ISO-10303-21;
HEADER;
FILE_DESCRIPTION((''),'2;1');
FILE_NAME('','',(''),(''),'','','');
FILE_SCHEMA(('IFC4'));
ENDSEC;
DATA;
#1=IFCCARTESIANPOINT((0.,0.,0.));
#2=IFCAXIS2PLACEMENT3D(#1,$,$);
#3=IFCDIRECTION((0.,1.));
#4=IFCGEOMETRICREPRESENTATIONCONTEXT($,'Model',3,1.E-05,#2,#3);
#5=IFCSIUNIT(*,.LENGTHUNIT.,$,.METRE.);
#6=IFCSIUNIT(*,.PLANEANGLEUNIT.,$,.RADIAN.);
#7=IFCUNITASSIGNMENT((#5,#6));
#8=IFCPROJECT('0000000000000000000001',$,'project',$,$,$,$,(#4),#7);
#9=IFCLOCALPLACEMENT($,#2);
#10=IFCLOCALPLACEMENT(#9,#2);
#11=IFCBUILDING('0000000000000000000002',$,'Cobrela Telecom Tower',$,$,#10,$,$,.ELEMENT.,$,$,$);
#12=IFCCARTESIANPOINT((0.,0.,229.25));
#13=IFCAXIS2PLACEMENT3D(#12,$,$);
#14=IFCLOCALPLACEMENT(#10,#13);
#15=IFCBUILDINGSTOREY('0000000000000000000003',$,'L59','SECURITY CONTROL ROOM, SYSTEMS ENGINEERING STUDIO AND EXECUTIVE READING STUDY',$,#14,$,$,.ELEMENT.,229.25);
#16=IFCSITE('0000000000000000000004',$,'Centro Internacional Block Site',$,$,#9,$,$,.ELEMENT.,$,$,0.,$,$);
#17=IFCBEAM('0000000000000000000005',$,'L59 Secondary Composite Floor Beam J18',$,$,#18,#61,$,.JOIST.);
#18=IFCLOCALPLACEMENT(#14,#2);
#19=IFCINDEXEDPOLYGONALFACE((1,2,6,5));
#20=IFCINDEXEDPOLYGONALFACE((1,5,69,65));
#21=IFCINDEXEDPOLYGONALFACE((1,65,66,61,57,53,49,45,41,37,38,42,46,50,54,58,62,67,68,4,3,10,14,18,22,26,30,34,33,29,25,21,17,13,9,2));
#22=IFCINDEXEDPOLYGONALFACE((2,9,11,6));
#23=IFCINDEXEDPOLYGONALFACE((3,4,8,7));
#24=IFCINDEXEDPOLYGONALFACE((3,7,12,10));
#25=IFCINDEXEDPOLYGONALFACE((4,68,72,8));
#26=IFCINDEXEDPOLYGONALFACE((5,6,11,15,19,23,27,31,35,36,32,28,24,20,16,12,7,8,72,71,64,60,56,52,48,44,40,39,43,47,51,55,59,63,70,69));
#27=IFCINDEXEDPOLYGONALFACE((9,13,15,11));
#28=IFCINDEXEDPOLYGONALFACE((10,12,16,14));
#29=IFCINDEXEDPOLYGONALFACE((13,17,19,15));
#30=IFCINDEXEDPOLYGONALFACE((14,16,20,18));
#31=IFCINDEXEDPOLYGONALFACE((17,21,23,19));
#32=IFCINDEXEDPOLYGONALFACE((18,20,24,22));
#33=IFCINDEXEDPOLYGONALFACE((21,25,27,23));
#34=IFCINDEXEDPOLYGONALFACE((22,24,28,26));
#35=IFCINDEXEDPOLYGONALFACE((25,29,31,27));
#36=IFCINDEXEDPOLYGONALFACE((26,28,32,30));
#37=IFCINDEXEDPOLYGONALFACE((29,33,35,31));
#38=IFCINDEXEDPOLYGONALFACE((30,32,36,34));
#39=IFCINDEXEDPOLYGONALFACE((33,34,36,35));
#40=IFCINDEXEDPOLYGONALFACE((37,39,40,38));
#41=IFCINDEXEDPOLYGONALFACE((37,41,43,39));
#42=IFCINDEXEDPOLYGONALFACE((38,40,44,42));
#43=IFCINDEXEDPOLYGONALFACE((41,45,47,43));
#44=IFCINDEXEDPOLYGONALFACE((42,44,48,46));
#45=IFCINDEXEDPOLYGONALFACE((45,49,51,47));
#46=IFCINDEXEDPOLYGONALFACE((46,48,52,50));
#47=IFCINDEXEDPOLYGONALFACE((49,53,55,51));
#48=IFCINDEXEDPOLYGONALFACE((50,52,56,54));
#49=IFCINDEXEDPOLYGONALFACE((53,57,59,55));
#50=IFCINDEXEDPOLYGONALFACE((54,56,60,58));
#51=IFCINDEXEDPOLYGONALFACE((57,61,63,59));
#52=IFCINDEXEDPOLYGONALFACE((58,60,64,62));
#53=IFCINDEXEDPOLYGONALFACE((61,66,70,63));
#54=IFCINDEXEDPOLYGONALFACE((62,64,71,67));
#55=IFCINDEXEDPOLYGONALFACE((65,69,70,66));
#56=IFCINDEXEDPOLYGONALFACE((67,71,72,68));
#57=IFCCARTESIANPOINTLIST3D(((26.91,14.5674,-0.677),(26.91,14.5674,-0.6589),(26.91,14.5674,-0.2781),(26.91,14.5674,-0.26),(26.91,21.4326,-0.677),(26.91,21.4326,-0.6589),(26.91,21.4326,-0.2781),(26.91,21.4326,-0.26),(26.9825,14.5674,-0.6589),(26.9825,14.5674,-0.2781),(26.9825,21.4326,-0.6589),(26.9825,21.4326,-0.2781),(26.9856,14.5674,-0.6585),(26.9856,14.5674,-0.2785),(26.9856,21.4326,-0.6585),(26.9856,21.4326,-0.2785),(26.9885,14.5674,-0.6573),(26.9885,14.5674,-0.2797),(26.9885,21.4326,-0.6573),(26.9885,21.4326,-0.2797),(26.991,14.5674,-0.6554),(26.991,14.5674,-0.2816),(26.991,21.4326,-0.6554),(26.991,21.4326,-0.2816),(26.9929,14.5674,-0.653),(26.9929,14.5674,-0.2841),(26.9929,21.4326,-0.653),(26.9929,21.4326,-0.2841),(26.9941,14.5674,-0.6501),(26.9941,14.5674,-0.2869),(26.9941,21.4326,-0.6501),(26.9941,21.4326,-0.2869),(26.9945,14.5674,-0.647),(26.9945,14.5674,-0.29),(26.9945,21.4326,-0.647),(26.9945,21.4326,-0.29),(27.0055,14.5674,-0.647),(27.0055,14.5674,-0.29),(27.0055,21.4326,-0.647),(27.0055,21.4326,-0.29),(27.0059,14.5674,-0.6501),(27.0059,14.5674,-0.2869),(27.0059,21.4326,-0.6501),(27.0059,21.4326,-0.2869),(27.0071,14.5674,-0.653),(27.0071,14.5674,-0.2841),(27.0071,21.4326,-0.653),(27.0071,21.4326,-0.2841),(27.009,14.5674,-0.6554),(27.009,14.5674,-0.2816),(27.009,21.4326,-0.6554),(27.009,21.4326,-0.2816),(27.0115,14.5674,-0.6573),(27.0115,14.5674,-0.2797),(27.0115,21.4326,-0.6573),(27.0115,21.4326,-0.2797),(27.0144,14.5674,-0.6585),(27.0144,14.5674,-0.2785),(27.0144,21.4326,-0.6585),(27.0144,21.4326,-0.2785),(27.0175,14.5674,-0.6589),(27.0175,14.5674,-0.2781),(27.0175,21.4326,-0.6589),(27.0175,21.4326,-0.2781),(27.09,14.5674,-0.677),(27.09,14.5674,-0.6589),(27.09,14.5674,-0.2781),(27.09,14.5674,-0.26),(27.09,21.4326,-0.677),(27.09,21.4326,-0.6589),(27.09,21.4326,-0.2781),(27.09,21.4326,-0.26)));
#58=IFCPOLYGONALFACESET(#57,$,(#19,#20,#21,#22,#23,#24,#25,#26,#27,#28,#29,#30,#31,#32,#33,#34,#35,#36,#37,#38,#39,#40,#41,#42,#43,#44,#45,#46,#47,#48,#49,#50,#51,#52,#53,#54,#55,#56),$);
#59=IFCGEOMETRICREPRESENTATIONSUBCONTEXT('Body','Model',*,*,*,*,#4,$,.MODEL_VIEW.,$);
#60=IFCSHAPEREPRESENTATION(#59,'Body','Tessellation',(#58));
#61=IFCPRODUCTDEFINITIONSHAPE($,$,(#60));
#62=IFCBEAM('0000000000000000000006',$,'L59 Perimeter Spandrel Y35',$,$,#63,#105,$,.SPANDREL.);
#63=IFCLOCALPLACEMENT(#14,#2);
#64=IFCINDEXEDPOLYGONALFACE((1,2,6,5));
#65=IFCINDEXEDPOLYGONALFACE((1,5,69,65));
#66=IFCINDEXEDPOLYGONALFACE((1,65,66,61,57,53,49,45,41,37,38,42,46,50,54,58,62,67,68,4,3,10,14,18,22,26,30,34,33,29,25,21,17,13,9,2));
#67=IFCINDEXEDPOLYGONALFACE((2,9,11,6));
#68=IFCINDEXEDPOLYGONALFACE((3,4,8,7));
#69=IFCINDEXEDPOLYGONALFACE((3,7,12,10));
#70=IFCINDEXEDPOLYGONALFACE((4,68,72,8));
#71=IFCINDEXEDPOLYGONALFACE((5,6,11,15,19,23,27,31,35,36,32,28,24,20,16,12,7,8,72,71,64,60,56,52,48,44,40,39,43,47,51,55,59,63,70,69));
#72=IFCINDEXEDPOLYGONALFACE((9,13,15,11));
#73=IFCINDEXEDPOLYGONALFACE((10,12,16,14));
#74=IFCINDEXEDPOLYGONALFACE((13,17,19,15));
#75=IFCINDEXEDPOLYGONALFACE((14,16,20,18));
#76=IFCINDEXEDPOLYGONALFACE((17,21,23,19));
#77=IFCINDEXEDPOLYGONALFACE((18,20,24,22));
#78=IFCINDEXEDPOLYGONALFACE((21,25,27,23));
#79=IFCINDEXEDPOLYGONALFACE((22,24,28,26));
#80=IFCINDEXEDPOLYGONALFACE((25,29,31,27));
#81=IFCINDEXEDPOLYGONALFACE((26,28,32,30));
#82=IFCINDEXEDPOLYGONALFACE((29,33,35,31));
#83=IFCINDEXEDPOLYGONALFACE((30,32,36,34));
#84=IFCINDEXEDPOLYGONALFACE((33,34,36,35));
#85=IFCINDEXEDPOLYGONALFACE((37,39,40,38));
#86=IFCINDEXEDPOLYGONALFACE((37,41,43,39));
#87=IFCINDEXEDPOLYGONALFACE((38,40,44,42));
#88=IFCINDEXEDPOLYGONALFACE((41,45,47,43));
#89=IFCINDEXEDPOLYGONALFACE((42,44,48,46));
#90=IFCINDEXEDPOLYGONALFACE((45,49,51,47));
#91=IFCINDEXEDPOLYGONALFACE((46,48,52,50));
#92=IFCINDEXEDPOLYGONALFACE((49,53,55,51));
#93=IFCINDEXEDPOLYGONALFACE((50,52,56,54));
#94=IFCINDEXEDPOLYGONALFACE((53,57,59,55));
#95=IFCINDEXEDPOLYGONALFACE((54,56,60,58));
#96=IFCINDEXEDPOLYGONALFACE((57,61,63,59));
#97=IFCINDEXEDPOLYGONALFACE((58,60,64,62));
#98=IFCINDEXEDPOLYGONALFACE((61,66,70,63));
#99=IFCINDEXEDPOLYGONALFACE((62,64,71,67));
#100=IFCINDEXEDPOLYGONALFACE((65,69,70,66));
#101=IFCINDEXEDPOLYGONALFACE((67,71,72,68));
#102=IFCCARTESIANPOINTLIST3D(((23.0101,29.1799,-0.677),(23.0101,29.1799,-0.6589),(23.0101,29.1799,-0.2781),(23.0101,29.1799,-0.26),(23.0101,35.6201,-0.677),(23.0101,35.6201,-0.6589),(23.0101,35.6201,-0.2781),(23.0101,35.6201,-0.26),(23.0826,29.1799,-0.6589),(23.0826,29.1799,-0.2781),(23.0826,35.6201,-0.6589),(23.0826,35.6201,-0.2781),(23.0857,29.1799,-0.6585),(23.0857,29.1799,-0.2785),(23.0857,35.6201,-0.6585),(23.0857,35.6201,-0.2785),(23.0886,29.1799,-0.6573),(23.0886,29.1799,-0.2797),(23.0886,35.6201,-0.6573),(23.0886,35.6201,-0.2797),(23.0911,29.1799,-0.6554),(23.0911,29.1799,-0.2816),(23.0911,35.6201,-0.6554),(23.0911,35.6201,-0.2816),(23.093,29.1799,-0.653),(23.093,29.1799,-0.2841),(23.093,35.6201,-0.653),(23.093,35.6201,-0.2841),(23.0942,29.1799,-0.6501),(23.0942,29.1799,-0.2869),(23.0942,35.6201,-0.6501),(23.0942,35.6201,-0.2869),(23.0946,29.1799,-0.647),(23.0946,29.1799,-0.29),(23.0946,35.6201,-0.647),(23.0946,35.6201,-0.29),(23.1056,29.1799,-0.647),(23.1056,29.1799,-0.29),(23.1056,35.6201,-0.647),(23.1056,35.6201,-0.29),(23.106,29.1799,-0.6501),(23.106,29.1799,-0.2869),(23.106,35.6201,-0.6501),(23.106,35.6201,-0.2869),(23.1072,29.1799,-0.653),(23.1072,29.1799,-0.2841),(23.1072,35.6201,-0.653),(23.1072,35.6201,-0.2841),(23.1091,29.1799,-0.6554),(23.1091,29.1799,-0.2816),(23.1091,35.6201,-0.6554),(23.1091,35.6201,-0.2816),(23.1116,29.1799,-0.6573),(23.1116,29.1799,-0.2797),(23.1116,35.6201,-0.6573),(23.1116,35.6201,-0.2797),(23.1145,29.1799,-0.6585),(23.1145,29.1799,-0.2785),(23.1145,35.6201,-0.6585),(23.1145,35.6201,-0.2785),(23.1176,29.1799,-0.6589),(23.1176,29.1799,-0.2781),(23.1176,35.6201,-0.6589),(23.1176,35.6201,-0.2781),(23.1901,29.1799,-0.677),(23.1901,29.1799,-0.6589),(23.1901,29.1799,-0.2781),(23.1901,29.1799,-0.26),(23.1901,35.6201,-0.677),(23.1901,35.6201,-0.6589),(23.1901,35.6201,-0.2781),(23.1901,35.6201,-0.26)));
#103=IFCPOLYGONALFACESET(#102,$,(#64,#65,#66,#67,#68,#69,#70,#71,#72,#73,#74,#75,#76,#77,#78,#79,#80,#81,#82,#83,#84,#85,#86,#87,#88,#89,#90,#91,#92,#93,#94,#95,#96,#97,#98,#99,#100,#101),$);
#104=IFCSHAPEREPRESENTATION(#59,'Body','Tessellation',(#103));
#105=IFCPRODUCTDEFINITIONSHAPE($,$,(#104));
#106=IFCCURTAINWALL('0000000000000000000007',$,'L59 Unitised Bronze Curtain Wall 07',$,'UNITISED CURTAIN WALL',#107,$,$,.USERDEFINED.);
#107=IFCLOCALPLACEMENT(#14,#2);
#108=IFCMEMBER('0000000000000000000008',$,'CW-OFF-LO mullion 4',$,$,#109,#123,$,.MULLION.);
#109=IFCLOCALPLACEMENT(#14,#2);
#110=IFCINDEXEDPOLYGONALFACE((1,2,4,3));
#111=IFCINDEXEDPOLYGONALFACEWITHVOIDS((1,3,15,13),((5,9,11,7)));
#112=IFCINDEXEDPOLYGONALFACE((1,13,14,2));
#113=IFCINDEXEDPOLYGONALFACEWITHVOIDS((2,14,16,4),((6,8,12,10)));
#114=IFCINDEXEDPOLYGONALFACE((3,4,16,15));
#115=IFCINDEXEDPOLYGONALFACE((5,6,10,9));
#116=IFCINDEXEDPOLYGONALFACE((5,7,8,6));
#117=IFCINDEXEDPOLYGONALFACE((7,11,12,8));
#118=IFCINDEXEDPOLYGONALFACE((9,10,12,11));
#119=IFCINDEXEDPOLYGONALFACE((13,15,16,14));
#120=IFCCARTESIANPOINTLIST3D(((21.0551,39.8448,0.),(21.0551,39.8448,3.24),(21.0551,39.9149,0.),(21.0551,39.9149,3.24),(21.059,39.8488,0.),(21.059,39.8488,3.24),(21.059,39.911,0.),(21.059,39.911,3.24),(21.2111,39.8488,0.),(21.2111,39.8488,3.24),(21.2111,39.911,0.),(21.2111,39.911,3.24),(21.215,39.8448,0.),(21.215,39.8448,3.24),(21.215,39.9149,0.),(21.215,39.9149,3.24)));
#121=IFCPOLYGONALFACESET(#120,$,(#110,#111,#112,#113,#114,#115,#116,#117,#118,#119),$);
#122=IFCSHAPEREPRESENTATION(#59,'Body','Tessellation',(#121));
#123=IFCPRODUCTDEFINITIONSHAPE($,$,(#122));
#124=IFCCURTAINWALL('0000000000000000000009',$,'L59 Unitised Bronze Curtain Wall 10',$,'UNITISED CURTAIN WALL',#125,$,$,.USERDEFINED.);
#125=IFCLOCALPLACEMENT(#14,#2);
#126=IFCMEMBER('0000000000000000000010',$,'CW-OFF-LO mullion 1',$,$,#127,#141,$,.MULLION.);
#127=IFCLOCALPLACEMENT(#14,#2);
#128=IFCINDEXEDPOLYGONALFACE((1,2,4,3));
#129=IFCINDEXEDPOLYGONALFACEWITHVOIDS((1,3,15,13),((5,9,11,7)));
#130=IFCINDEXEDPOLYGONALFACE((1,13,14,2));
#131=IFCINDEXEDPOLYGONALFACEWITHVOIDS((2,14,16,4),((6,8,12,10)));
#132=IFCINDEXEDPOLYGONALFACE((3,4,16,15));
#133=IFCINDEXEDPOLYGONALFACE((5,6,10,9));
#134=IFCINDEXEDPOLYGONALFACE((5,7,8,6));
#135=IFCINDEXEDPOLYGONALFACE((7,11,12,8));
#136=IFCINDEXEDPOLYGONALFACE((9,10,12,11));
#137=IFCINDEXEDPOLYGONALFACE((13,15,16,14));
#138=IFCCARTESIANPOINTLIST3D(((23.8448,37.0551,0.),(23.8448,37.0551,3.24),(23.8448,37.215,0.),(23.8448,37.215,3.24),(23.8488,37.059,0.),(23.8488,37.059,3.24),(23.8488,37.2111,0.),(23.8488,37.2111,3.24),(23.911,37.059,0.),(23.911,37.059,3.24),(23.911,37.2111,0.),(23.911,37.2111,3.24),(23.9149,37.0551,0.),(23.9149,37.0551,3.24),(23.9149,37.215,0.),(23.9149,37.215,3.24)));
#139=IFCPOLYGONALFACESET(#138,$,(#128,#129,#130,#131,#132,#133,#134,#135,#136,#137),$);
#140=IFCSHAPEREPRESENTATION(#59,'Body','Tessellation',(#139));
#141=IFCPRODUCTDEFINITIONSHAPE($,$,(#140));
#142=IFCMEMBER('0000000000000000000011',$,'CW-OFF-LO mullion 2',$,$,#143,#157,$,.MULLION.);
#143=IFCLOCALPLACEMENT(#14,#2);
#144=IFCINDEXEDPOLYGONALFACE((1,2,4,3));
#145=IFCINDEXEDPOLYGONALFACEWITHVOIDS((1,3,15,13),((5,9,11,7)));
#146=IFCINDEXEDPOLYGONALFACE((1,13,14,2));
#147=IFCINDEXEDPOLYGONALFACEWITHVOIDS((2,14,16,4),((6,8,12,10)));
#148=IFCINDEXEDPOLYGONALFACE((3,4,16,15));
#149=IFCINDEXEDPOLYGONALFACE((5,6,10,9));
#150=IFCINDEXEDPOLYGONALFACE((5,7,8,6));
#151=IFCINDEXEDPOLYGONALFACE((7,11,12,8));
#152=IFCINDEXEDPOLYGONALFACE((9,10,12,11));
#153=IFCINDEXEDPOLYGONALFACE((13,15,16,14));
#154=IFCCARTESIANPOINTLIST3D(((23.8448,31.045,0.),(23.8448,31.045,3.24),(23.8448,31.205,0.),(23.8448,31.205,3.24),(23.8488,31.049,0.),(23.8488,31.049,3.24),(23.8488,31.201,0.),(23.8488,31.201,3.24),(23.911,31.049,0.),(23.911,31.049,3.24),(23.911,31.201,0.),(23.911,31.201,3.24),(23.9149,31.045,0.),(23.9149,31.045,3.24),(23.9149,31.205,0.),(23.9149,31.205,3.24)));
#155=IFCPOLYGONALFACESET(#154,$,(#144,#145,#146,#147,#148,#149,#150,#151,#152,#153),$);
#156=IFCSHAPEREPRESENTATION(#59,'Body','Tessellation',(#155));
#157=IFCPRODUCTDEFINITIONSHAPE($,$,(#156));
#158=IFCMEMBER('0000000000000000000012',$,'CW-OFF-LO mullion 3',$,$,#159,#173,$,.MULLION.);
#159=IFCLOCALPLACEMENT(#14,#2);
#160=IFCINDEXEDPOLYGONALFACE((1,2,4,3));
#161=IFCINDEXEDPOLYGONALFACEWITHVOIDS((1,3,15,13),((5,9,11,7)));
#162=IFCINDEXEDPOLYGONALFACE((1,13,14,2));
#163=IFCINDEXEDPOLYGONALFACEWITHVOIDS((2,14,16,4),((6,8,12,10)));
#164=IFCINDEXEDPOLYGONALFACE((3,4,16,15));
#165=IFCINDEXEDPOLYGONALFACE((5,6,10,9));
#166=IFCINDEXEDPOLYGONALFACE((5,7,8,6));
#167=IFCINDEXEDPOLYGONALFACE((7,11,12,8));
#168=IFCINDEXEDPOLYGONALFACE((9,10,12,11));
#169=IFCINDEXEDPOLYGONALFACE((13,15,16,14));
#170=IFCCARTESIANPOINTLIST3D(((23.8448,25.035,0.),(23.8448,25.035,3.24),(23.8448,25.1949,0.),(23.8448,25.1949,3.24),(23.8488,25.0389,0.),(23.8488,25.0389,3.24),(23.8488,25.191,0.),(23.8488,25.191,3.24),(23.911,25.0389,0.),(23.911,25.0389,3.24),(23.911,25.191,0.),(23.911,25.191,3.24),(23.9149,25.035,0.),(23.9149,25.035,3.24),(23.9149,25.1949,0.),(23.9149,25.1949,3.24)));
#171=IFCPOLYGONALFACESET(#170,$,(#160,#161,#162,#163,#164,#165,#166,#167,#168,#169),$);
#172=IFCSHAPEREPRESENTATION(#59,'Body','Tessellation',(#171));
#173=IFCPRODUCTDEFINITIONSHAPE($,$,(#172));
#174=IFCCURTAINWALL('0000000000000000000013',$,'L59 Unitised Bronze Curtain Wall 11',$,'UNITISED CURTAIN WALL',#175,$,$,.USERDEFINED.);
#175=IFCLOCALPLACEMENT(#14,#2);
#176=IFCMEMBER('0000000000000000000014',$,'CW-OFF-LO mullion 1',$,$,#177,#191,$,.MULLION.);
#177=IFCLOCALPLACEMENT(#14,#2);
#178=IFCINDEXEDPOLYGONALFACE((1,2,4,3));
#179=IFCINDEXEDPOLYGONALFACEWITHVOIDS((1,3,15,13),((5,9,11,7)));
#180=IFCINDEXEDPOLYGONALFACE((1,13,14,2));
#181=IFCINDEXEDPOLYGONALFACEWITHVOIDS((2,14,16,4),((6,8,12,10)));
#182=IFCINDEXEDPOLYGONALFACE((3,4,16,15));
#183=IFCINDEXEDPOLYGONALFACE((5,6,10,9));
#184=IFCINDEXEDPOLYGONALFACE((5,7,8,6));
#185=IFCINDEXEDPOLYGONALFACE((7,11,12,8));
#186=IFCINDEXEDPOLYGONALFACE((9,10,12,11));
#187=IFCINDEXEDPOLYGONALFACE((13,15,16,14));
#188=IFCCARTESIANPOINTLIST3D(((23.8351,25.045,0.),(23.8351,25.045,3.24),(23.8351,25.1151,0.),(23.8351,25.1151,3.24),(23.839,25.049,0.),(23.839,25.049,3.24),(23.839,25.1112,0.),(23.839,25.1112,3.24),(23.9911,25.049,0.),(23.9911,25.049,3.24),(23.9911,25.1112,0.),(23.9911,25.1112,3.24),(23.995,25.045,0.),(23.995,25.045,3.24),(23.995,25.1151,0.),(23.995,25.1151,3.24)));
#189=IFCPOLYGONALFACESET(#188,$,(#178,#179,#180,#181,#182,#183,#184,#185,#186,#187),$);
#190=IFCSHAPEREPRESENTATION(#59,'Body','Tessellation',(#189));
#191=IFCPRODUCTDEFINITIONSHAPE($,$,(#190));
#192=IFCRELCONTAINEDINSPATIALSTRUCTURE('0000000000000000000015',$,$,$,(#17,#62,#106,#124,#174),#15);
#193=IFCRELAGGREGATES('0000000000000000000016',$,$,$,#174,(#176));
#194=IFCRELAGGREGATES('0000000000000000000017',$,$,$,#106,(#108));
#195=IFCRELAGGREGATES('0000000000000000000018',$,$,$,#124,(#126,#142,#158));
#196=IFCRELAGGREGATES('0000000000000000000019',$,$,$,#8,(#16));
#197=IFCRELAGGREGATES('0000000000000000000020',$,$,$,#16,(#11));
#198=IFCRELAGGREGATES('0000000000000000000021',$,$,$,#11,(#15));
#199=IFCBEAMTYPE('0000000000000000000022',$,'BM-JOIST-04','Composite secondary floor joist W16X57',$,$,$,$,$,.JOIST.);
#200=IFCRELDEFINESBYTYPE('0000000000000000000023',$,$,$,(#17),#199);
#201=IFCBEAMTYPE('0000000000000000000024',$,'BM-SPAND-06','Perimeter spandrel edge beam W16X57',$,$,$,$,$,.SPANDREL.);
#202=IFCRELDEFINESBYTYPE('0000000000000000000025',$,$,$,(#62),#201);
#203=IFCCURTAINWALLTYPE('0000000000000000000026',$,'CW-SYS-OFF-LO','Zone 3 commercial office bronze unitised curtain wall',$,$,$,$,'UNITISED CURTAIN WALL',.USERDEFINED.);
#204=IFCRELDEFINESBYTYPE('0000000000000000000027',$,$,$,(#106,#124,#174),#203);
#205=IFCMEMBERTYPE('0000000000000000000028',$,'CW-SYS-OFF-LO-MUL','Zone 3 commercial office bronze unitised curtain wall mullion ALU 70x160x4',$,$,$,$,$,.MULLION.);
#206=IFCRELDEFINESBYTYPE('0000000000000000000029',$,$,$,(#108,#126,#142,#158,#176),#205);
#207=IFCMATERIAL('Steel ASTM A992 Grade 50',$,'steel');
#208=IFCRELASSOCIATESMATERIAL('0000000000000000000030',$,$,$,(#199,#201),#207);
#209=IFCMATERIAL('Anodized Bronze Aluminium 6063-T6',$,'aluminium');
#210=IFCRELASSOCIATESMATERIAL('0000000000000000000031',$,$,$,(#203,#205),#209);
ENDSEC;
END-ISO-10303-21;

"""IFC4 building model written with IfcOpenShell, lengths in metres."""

from ifc_helpers import new_model, si_unit, direction, frame, origin, origin_2d, place, context, subcontext, project, spatial, hollow_rectangle, i_section, extrude, material, material_profile, profile_set, type_object, element, aggregate, save


model = new_model("IFC4")

# Units and contexts
model_context = context("Model", 3, precision=1e-05, world=origin(), true_north=direction((0.0, 1.0)))
body_context = subcontext(model_context, "Body", "Model", "MODEL_VIEW")
ifc_project = project(units=[si_unit("LENGTHUNIT", "METRE"), si_unit("PLANEANGLEUNIT", "RADIAN")], contexts=[model_context])

# Site, building, storey
site_placement = place(None, origin())
site = spatial("IfcSite", under=ifc_project, at=site_placement, Name="Centro Internacional Block Site", CompositionType="ELEMENT", RefElevation=0.0)
building_placement = place(site_placement, origin())
building = spatial("IfcBuilding", under=site, at=building_placement, Name="Cobrela Telecom Tower", CompositionType="ELEMENT")
storey_placement = place(building_placement, frame((0.0, 0.0, 229.25)))
storey = spatial("IfcBuildingStorey", under=building, at=storey_placement, Name="L59", Description="SECURITY CONTROL ROOM, SYSTEMS ENGINEERING STUDIO AND EXECUTIVE READING STUDY", CompositionType="ELEMENT", Elevation=229.25)

# Shared definitions
ifc_material_1 = material(Name="Steel ASTM A992 Grade 50", Category="steel")

# Beams
ifc_material_profile_1 = material_profile(ifc_material_1, i_section(OverallWidth=0.1799, OverallDepth=0.417, WebThickness=0.011, FlangeThickness=0.0181, FilletRadius=0.012, at=origin_2d()), Name="W16X57")
ifc_profile_set_1 = profile_set([ifc_material_profile_1], Name="Steel ASTM A992 Grade 50")
beam_type_1 = type_object("IfcBeamType", Name="BM-JOIST-04", Description="Composite secondary floor joist W16X57", PredefinedType="JOIST", material=ifc_profile_set_1)
for number, where, z_axis, x_axis, name in (
    (1, (27.0, 14.5674, -0.4685), (0.0, 1.0, 0.0), (-1.0, 0.0, 0.0), "L59 Secondary Composite Floor Beam J18"),
):
    element("IfcBeam", number, at=place(storey_placement, frame(where, z_axis=z_axis, x_axis=x_axis)), inside=storey, type_object=beam_type_1, Name=name, PredefinedType="JOIST", context=body_context, shape_type="SweptSolid", body=[
        extrude(i_section(OverallWidth=0.1799, OverallDepth=0.417, WebThickness=0.011, FlangeThickness=0.0181, FilletRadius=0.012, at=origin_2d()), origin(), (0.0, 0.0, 1.0), 6.8652),
    ])
ifc_material_profile_2 = material_profile(ifc_material_1, i_section(OverallWidth=0.1799, OverallDepth=0.417, WebThickness=0.011, FlangeThickness=0.0181, FilletRadius=0.012, at=origin_2d()), Name="W16X57")
ifc_profile_set_2 = profile_set([ifc_material_profile_2], Name="Steel ASTM A992 Grade 50")
beam_type_2 = type_object("IfcBeamType", Name="BM-SPAND-06", Description="Perimeter spandrel edge beam W16X57", PredefinedType="SPANDREL", material=ifc_profile_set_2)
beam_1_placement = place(storey_placement, frame((23.1001, 29.1799, -0.4685), z_axis=(0.0, 1.0, 0.0), x_axis=(-1.0, 0.0, 0.0)))
element("IfcBeam", 2, at=beam_1_placement, inside=storey, type_object=beam_type_2, Name="L59 Perimeter Spandrel Y35", PredefinedType="SPANDREL", context=body_context, shape_type="SweptSolid", body=[
    extrude(i_section(OverallWidth=0.1799, OverallDepth=0.417, WebThickness=0.011, FlangeThickness=0.0181, FilletRadius=0.012, at=origin_2d()), origin(), (0.0, 0.0, 1.0), 6.4402),
])

# Curtain wall, member
ifc_material_2 = material(Name="Anodized Bronze Aluminium 6063-T6", Category="aluminium")
curtain_wall_type = type_object("IfcCurtainWallType", Name="CW-SYS-OFF-LO", Description="Zone 3 commercial office bronze unitised curtain wall", ElementType="UNITISED CURTAIN WALL", PredefinedType="USERDEFINED", material=ifc_material_2)
curtain_wall_1_placement = place(storey_placement, origin())
curtain_wall_1 = element("IfcCurtainWall", 3, at=curtain_wall_1_placement, inside=storey, type_object=curtain_wall_type, Name="L59 Unitised Bronze Curtain Wall 07", ObjectType="UNITISED CURTAIN WALL", PredefinedType="USERDEFINED")
ifc_material_profile_3 = material_profile(ifc_material_2, hollow_rectangle(XDim=0.0701, YDim=0.1599, WallThickness=0.0039, at=origin_2d()), Name="ALU 70x160x4")
ifc_profile_set_3 = profile_set([ifc_material_profile_3], Name="Anodized Bronze Aluminium 6063-T6")
member_type_1 = type_object("IfcMemberType", Name="CW-SYS-OFF-LO-MUL", Description="Zone 3 commercial office bronze unitised curtain wall mullion ALU 70x160x4", PredefinedType="MULLION", material=ifc_profile_set_3)
member_1_placement = place(storey_placement, frame((21.135, 39.8799, 0.0), z_axis=(0.0, 0.0, 1.0), x_axis=(0.0, 1.0, 0.0)))
member_1 = element("IfcMember", 4, at=member_1_placement, type_object=member_type_1, Name="CW-OFF-LO mullion 4", PredefinedType="MULLION", context=body_context, shape_type="SweptSolid", body=[
    extrude(hollow_rectangle(XDim=0.0701, YDim=0.1599, WallThickness=0.0039, at=origin_2d()), origin(), (0.0, 0.0, 1.0), 3.24),
])

# Curtain wall, members
curtain_wall_2_placement = place(storey_placement, origin())
curtain_wall_2 = element("IfcCurtainWall", 5, at=curtain_wall_2_placement, inside=storey, type_object=curtain_wall_type, Name="L59 Unitised Bronze Curtain Wall 10", ObjectType="UNITISED CURTAIN WALL", PredefinedType="USERDEFINED")
member_2_placement = place(storey_placement, frame((23.8799, 37.135, 0.0), z_axis=(0.0, 0.0, 1.0), x_axis=(1.0, 0.0, 0.0)))
member_2 = element("IfcMember", 6, at=member_2_placement, type_object=member_type_1, Name="CW-OFF-LO mullion 1", PredefinedType="MULLION", context=body_context, shape_type="SweptSolid", body=[
    extrude(hollow_rectangle(XDim=0.0701, YDim=0.1599, WallThickness=0.0039, at=origin_2d()), origin(), (0.0, 0.0, 1.0), 3.24),
])
member_3_placement = place(storey_placement, frame((23.8799, 31.125, 0.0), z_axis=(0.0, 0.0, 1.0), x_axis=(1.0, 0.0, 0.0)))
member_3 = element("IfcMember", 7, at=member_3_placement, type_object=member_type_1, Name="CW-OFF-LO mullion 2", PredefinedType="MULLION", context=body_context, shape_type="SweptSolid", body=[
    extrude(hollow_rectangle(XDim=0.0701, YDim=0.1599, WallThickness=0.0039, at=origin_2d()), origin(), (0.0, 0.0, 1.0), 3.24),
])
member_4_placement = place(storey_placement, frame((23.8799, 25.115, 0.0), z_axis=(0.0, 0.0, 1.0), x_axis=(1.0, 0.0, 0.0)))
member_4 = element("IfcMember", 8, at=member_4_placement, type_object=member_type_1, Name="CW-OFF-LO mullion 3", PredefinedType="MULLION", context=body_context, shape_type="SweptSolid", body=[
    extrude(hollow_rectangle(XDim=0.0701, YDim=0.1599, WallThickness=0.0039, at=origin_2d()), origin(), (0.0, 0.0, 1.0), 3.24),
])

# Curtain wall, member
curtain_wall_3_placement = place(storey_placement, origin())
curtain_wall_3 = element("IfcCurtainWall", 9, at=curtain_wall_3_placement, inside=storey, type_object=curtain_wall_type, Name="L59 Unitised Bronze Curtain Wall 11", ObjectType="UNITISED CURTAIN WALL", PredefinedType="USERDEFINED")
member_5_placement = place(storey_placement, frame((23.915, 25.0801, 0.0), z_axis=(0.0, 0.0, 1.0), x_axis=(0.0, 1.0, 0.0)))
member_5 = element("IfcMember", 10, at=member_5_placement, type_object=member_type_1, Name="CW-OFF-LO mullion 1", PredefinedType="MULLION", context=body_context, shape_type="SweptSolid", body=[
    extrude(hollow_rectangle(XDim=0.0701, YDim=0.1599, WallThickness=0.0039, at=origin_2d()), origin(), (0.0, 0.0, 1.0), 3.24),
])

aggregate(curtain_wall_3, [member_5])

aggregate(curtain_wall_1, [member_1])
aggregate(curtain_wall_2, [member_2, member_3, member_4])

save(model, "model.ifc")
